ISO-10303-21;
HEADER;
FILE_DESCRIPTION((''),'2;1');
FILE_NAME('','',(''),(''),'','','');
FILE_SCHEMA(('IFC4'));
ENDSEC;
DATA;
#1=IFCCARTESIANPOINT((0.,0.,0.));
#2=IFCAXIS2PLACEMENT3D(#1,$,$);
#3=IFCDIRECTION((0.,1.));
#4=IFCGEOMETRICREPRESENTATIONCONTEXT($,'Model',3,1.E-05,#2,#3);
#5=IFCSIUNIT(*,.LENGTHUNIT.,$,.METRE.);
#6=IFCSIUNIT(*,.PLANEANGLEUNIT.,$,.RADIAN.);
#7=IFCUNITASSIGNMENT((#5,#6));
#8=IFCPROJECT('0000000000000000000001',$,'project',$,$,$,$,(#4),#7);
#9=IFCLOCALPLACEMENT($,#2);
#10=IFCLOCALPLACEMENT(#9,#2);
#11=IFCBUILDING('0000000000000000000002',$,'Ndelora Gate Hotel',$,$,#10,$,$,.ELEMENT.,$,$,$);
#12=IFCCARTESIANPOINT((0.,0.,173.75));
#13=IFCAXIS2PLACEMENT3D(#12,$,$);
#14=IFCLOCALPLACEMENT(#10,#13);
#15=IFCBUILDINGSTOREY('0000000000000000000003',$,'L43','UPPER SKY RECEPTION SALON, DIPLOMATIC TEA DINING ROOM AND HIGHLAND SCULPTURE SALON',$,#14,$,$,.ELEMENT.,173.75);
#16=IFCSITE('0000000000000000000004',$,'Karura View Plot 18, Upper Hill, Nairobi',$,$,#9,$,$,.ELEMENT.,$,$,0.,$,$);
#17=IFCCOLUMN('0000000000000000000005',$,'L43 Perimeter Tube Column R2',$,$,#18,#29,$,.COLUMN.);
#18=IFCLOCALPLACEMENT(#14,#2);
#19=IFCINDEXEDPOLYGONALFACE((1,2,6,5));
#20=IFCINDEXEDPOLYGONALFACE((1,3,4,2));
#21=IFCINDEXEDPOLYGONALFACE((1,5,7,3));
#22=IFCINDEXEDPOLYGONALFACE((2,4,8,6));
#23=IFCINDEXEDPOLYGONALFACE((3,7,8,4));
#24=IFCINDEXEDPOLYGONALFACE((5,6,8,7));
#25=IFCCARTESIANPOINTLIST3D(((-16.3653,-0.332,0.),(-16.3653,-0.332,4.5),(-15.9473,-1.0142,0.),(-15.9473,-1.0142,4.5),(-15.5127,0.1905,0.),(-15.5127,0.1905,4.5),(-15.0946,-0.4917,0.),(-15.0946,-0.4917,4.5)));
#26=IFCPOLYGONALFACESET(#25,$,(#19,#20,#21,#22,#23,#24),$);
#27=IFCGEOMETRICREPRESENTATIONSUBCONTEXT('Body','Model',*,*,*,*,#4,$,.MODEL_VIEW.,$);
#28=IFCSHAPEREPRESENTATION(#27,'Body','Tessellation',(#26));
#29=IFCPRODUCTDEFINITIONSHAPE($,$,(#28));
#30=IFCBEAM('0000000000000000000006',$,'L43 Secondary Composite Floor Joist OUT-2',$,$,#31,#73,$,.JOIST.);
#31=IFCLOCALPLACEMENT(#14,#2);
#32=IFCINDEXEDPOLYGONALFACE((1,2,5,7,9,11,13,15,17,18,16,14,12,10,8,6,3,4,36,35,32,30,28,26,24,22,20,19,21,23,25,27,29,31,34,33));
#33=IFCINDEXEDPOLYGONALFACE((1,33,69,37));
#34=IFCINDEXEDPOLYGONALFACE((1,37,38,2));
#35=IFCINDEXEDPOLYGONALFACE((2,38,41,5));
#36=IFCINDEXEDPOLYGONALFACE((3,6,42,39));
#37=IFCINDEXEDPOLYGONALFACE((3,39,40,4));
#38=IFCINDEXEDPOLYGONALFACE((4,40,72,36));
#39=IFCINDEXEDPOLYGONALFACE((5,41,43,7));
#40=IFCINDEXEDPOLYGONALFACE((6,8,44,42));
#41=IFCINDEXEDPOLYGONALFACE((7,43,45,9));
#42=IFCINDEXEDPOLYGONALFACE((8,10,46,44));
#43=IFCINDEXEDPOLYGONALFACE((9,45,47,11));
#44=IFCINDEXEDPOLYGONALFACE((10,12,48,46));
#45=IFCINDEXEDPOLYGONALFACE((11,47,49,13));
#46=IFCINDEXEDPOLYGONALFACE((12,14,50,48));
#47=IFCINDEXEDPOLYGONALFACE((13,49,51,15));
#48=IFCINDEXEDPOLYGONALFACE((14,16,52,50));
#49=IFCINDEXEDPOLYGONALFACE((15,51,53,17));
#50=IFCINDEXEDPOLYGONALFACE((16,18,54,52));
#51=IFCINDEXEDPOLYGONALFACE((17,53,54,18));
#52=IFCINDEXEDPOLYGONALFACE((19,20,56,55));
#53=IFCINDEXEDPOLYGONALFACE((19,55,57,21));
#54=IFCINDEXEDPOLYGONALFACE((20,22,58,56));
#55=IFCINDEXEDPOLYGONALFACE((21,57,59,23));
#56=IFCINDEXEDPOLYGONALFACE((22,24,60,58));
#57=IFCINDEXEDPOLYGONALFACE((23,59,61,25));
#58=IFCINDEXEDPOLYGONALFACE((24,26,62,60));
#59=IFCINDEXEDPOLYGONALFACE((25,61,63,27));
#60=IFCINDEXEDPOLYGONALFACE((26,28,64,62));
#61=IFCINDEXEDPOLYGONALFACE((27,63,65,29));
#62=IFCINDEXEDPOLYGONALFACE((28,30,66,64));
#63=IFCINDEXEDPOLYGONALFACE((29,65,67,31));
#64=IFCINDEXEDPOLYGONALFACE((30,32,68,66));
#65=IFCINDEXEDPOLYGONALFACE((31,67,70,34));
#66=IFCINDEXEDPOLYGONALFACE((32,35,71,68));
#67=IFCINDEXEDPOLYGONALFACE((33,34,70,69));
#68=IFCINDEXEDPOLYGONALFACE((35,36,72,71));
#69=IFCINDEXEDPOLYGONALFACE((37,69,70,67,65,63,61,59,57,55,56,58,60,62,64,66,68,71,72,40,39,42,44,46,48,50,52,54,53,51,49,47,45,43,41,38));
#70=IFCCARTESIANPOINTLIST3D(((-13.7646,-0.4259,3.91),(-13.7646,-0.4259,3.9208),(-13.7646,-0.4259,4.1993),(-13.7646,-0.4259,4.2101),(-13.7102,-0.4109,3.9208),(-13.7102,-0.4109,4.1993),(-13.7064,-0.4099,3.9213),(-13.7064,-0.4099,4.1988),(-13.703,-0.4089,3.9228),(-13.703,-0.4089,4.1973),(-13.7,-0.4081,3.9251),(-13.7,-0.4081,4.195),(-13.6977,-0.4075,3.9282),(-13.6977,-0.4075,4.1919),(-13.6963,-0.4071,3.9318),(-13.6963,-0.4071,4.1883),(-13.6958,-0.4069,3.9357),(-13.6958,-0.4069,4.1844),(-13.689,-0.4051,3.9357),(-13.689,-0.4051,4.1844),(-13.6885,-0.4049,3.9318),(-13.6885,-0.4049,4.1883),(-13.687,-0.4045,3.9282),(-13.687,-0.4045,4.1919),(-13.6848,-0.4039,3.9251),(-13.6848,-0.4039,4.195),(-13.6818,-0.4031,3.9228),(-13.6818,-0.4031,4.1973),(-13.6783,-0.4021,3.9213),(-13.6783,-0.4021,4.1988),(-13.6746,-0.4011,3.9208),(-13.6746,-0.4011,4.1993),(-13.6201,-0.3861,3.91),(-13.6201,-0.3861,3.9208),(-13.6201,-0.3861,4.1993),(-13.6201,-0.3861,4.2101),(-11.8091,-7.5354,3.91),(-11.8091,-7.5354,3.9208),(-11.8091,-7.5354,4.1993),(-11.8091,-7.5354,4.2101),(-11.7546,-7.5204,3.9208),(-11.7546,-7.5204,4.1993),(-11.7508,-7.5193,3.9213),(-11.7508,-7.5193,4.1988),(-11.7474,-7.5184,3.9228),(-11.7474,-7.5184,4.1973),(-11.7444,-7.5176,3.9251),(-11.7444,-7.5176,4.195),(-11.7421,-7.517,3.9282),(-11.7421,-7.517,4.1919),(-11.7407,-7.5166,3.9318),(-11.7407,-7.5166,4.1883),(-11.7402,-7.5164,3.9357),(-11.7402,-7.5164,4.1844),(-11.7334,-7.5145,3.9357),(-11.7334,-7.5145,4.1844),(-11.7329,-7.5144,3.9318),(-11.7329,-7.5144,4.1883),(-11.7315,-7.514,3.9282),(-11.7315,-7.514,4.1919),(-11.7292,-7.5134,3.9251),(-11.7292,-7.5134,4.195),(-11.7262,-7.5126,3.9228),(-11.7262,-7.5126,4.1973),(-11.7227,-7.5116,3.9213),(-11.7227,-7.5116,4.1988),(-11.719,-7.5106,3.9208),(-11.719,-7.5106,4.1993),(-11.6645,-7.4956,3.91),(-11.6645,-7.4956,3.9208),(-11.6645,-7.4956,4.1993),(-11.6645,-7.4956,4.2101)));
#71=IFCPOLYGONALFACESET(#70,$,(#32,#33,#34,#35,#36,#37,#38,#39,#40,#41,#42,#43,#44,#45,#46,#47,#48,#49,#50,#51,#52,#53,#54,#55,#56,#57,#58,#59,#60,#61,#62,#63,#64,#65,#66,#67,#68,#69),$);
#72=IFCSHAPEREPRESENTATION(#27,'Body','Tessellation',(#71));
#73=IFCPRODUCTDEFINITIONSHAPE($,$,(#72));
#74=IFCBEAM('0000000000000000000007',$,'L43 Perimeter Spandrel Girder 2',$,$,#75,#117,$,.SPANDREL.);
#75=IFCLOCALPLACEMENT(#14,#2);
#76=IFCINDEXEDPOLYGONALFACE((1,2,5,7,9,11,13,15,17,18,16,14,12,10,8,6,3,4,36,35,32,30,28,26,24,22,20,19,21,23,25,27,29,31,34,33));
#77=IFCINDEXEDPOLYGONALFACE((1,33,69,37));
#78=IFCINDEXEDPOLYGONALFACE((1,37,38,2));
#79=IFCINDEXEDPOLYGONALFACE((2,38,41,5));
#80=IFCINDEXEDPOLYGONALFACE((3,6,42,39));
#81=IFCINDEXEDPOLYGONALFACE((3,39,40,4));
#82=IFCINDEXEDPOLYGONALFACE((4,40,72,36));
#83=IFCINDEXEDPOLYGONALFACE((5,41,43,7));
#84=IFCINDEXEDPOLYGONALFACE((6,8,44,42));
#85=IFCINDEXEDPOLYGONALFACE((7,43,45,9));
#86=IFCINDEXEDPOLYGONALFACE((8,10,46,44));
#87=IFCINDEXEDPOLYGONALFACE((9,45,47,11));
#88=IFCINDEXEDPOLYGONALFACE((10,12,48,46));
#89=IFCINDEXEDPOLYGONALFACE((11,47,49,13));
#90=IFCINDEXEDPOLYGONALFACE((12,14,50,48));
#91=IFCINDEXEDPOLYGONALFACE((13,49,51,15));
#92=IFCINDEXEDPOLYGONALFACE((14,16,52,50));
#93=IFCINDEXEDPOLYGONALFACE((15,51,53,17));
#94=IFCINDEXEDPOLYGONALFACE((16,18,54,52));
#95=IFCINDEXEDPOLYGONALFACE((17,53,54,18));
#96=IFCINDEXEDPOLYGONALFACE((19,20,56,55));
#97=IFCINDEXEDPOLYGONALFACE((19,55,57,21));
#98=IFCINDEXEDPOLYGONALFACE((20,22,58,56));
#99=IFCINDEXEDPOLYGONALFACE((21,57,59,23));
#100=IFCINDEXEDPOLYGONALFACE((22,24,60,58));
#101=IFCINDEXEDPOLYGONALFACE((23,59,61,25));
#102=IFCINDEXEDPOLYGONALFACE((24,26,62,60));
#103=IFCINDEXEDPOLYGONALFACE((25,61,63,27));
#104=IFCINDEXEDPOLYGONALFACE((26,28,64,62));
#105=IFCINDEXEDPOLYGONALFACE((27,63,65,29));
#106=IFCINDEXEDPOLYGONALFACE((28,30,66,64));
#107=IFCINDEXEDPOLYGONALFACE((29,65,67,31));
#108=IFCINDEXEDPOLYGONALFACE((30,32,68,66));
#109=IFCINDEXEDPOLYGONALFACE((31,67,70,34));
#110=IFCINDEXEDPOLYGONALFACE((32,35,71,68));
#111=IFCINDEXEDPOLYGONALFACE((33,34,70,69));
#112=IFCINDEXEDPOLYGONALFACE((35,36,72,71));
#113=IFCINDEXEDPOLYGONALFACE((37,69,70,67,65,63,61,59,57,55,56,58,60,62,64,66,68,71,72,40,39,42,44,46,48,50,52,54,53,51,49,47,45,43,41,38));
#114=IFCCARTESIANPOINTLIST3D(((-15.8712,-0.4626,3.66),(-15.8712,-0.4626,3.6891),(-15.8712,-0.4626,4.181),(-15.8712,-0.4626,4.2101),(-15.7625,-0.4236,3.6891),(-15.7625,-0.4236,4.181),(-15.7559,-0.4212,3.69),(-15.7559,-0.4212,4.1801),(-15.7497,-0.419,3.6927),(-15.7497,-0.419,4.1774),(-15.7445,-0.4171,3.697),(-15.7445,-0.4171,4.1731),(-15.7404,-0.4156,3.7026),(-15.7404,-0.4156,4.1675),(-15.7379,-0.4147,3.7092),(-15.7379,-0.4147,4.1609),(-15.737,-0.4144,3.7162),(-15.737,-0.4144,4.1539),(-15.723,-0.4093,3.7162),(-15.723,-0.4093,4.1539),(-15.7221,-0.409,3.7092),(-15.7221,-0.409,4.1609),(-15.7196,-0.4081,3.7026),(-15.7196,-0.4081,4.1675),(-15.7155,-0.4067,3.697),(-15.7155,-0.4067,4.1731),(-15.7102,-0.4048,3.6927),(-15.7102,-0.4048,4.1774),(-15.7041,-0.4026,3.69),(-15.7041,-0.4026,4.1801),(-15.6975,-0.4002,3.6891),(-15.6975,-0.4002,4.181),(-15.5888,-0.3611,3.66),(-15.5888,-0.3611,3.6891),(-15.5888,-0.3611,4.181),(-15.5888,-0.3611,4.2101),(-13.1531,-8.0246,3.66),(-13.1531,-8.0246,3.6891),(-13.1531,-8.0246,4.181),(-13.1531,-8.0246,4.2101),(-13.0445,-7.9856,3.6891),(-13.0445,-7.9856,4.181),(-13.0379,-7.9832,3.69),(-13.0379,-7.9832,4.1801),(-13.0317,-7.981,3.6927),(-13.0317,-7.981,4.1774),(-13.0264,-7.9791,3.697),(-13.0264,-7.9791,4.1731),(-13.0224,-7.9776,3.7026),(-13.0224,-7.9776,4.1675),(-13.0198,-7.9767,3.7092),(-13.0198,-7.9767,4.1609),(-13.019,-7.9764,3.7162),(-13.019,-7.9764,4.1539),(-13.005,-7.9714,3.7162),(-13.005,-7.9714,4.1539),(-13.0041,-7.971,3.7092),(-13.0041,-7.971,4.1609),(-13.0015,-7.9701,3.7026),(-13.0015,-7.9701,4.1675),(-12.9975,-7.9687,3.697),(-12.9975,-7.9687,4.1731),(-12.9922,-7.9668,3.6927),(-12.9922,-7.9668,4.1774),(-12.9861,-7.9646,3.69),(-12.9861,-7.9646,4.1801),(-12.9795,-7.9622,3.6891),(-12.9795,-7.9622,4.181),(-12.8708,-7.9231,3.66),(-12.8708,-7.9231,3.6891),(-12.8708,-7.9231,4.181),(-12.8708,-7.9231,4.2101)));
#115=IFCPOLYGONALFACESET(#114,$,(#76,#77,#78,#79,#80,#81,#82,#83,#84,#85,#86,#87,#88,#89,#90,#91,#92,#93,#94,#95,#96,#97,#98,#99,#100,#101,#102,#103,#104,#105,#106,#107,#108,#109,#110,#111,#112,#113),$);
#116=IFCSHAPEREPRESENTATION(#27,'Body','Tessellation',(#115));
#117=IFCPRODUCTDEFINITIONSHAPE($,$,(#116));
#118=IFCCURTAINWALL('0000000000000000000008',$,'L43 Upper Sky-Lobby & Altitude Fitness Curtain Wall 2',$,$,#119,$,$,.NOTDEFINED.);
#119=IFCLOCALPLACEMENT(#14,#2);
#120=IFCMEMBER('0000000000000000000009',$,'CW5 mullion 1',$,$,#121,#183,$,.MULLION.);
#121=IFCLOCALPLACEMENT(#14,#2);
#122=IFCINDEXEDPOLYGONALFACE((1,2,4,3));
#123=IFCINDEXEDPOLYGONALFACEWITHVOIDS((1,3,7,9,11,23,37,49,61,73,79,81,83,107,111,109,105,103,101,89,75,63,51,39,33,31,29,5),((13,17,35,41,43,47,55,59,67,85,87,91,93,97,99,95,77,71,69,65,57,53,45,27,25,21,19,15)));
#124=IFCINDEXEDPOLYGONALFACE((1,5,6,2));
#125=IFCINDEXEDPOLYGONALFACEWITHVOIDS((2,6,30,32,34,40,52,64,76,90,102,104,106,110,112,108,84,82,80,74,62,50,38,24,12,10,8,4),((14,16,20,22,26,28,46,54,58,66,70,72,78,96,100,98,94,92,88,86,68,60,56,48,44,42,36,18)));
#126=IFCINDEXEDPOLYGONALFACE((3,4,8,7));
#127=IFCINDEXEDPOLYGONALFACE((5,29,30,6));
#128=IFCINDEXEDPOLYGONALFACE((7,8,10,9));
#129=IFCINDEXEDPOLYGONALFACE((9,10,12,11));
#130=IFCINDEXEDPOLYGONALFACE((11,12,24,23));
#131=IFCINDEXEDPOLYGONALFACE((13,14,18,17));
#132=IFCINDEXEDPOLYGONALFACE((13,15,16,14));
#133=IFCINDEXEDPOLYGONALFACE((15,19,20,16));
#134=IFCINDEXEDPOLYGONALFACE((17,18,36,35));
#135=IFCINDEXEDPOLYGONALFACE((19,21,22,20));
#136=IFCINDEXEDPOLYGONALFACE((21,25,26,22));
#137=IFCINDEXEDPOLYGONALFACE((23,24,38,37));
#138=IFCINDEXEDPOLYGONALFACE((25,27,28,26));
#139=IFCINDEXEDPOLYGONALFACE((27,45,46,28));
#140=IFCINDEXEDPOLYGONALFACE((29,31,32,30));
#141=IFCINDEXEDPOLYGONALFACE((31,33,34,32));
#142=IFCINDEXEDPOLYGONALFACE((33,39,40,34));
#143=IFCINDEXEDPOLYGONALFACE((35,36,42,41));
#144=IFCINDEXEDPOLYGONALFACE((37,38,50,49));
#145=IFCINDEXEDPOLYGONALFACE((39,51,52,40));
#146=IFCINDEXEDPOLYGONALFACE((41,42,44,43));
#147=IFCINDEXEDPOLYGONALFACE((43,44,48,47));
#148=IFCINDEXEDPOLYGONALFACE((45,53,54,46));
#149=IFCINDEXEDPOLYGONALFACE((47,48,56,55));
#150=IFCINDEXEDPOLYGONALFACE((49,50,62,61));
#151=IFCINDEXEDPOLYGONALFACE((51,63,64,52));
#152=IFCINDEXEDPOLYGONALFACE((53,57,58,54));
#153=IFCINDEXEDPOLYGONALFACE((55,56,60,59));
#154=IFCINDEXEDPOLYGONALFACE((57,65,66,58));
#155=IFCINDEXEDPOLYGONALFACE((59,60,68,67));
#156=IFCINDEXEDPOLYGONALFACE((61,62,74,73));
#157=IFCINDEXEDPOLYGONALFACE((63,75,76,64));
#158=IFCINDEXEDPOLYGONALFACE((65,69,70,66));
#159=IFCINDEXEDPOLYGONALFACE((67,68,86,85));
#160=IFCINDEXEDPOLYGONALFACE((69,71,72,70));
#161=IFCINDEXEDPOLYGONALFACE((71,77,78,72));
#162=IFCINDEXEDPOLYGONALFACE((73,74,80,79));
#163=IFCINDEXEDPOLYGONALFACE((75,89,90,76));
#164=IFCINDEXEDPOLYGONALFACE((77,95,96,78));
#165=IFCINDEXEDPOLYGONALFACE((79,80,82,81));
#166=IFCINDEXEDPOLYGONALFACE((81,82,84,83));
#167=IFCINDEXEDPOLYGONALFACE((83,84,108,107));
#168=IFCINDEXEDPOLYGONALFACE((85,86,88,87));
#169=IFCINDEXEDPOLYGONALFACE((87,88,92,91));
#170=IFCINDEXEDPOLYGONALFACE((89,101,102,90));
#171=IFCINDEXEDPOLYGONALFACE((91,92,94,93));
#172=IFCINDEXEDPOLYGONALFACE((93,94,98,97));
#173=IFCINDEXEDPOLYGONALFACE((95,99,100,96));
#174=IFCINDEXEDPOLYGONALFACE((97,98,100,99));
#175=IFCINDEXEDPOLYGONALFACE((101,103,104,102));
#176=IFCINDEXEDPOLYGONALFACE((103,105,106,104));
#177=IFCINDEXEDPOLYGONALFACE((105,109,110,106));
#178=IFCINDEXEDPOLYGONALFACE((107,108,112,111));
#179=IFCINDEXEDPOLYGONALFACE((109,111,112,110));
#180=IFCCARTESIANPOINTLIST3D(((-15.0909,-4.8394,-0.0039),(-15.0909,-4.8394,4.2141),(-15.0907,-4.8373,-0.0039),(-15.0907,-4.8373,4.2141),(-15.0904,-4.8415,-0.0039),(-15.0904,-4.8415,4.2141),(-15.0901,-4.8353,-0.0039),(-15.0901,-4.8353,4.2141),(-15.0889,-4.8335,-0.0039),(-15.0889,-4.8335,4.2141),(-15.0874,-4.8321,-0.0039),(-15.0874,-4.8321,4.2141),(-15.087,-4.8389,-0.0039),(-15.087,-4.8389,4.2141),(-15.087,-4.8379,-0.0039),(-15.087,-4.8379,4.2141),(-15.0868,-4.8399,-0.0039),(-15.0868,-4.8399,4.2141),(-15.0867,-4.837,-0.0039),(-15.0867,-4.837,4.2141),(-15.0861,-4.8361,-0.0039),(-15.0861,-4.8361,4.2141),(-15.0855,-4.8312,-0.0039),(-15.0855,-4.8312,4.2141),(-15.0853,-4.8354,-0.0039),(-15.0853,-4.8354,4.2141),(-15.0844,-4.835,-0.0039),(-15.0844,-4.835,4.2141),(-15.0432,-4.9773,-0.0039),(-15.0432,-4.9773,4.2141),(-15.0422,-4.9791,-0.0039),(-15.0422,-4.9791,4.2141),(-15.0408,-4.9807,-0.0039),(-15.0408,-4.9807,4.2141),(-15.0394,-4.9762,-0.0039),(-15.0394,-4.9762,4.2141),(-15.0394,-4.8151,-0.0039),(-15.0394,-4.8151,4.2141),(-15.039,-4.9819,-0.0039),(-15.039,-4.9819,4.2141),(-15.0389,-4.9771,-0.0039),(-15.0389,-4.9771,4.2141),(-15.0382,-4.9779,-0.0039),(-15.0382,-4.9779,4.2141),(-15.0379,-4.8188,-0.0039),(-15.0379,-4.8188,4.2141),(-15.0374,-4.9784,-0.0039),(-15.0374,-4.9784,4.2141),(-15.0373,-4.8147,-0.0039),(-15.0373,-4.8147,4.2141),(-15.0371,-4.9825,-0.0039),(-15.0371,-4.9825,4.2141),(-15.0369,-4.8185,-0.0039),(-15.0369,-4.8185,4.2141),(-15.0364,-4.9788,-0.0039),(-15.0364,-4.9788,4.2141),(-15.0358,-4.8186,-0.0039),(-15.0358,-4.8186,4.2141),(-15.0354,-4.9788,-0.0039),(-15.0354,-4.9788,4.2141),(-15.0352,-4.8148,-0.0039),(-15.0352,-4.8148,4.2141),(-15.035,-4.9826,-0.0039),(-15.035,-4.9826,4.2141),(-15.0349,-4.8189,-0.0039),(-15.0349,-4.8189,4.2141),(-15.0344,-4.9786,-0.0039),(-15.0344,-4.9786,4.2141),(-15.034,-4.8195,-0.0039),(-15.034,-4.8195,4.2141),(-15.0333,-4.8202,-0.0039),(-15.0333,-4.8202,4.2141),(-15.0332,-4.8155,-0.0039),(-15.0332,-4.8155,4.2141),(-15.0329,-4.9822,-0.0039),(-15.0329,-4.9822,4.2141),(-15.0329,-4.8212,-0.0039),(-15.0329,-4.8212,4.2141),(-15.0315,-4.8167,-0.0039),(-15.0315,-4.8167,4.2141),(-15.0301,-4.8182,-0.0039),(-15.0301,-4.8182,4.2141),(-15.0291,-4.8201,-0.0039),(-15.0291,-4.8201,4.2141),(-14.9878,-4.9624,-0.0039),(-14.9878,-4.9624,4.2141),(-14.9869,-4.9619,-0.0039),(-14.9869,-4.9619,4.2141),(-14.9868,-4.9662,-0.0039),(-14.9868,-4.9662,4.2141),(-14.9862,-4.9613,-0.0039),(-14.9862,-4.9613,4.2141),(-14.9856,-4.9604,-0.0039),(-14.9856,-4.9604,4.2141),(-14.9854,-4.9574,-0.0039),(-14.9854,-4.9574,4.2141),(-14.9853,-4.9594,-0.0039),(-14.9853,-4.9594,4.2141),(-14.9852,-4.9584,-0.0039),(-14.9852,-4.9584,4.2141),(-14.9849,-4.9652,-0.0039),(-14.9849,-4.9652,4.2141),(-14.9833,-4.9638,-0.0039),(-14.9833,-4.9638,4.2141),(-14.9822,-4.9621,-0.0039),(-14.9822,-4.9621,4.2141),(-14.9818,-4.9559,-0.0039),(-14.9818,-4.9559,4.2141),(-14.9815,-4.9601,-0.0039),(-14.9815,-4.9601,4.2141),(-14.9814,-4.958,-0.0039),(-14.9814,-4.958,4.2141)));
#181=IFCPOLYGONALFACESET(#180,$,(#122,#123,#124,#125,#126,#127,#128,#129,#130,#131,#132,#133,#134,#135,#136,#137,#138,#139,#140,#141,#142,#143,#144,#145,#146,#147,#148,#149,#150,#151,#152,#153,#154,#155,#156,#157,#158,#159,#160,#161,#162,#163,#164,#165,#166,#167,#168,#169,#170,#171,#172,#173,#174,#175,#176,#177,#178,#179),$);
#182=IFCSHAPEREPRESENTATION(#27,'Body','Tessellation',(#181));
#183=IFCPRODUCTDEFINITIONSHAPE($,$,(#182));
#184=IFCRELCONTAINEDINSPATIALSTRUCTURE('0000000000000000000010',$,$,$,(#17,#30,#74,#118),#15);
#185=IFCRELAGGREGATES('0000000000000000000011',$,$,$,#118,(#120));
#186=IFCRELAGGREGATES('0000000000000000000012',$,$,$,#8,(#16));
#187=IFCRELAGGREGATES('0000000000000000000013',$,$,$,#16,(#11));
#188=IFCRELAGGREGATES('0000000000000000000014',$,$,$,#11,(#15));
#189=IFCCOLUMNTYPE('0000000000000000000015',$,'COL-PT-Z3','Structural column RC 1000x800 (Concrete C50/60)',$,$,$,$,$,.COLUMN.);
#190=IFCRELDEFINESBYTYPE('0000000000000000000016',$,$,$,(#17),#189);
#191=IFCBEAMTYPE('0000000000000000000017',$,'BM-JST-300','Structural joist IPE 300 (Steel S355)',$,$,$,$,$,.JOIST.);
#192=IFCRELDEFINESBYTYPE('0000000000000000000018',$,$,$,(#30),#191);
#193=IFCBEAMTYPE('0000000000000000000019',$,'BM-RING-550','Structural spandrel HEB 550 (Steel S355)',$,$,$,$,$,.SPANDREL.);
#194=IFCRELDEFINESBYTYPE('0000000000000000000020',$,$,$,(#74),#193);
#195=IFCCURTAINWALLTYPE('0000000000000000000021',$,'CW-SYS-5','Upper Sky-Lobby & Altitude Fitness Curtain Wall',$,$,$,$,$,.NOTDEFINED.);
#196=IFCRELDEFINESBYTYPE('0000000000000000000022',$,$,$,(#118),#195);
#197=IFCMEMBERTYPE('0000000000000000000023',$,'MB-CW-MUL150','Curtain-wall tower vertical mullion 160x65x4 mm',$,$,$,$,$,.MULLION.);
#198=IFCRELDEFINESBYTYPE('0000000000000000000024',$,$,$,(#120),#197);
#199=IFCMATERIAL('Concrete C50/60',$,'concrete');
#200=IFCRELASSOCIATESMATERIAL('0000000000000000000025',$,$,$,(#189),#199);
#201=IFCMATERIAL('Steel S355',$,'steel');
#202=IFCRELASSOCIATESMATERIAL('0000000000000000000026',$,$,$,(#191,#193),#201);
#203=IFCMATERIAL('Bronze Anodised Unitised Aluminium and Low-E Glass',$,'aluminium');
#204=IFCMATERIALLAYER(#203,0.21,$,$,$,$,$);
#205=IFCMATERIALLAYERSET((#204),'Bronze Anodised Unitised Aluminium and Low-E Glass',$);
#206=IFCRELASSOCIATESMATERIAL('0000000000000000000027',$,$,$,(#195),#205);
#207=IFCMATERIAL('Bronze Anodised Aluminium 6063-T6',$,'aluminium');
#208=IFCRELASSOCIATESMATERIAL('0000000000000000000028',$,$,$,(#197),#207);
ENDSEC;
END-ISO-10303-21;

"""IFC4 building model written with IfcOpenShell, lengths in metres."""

from ifc_helpers import new_model, si_unit, direction, frame, origin, origin_2d, place, context, subcontext, project, spatial, rectangle, hollow_rectangle, i_section, extrude, material, layer, layer_set, material_profile, profile_set, type_object, element, aggregate, save


model = new_model("IFC4")

# Units and contexts
model_context = context("Model", 3, precision=1e-05, world=origin(), true_north=direction((0.0, 1.0)))
body_context = subcontext(model_context, "Body", "Model", "MODEL_VIEW")
ifc_project = project(units=[si_unit("LENGTHUNIT", "METRE"), si_unit("PLANEANGLEUNIT", "RADIAN")], contexts=[model_context])

# Site, building, storey
site_placement = place(None, origin())
site = spatial("IfcSite", under=ifc_project, at=site_placement, Name="Karura View Plot 18, Upper Hill, Nairobi", CompositionType="ELEMENT", RefElevation=0.0)
building_placement = place(site_placement, origin())
building = spatial("IfcBuilding", under=site, at=building_placement, Name="Ndelora Gate Hotel", CompositionType="ELEMENT")
storey_placement = place(building_placement, frame((0.0, 0.0, 173.75)))
storey = spatial("IfcBuildingStorey", under=building, at=storey_placement, Name="L43", Description="UPPER SKY RECEPTION SALON, DIPLOMATIC TEA DINING ROOM AND HIGHLAND SCULPTURE SALON", CompositionType="ELEMENT", Elevation=173.75)

# Column
ifc_material_1 = material(Name="Concrete C50/60", Category="concrete")
ifc_material_profile_1 = material_profile(ifc_material_1, rectangle(XDim=0.8, YDim=1.0, at=origin_2d()), Name="RC 1000x800")
ifc_profile_set_1 = profile_set([ifc_material_profile_1], Name="Concrete C50/60")
column_type = type_object("IfcColumnType", Name="COL-PT-Z3", Description="Structural column RC 1000x800 (Concrete C50/60)", PredefinedType="COLUMN", material=ifc_profile_set_1)
column_placement = place(storey_placement, frame((-15.73, -0.4119, 0.0), z_axis=(0.0, 0.0, 1.0), x_axis=(-0.522499, 0.85264, 0.0)))
element("IfcColumn", 1, at=column_placement, inside=storey, type_object=column_type, Name="L43 Perimeter Tube Column R2", PredefinedType="COLUMN", context=body_context, shape_type="SweptSolid", body=[
    extrude(rectangle(XDim=0.8, YDim=1.0, at=origin_2d()), origin(), (0.0, 0.0, 1.0), 4.5),
])

# Beams
ifc_material_2 = material(Name="Steel S355", Category="steel")
ifc_material_profile_2 = material_profile(ifc_material_2, i_section(OverallWidth=0.1499, OverallDepth=0.3, WebThickness=0.0071, FlangeThickness=0.0107, FilletRadius=0.0149, at=origin_2d()), Name="IPE 300")
ifc_profile_set_2 = profile_set([ifc_material_profile_2], Name="Steel S355")
beam_type_1 = type_object("IfcBeamType", Name="BM-JST-300", Description="Structural joist IPE 300 (Steel S355)", PredefinedType="JOIST", material=ifc_profile_set_2)
beam_1_placement = place(storey_placement, frame((-13.6924, -0.406, 4.0601), z_axis=(0.265218, -0.964188, 0.0), x_axis=(0.964188, 0.265218, 0.0)))
element("IfcBeam", 2, at=beam_1_placement, inside=storey, type_object=beam_type_1, Name="L43 Secondary Composite Floor Joist OUT-2", PredefinedType="JOIST", context=body_context, shape_type="SweptSolid", body=[
    extrude(i_section(OverallWidth=0.1499, OverallDepth=0.3, WebThickness=0.0071, FlangeThickness=0.0107, FilletRadius=0.0149, at=origin_2d()), origin(), (0.0, 0.0, 1.0), 7.3735),
])
ifc_material_profile_3 = material_profile(ifc_material_2, i_section(OverallWidth=0.3, OverallDepth=0.55, WebThickness=0.0149, FlangeThickness=0.0291, FilletRadius=0.0271, at=origin_2d()), Name="HEB 550")
ifc_profile_set_3 = profile_set([ifc_material_profile_3], Name="Steel S355")
beam_type_2 = type_object("IfcBeamType", Name="BM-RING-550", Description="Structural spandrel HEB 550 (Steel S355)", PredefinedType="SPANDREL", material=ifc_profile_set_3)
beam_2_placement = place(storey_placement, frame((-15.73, -0.4119, 3.9351), z_axis=(0.338245, -0.941058, 0.0), x_axis=(0.941058, 0.338245, 0.0)))
element("IfcBeam", 3, at=beam_2_placement, inside=storey, type_object=beam_type_2, Name="L43 Perimeter Spandrel Girder 2", PredefinedType="SPANDREL", context=body_context, shape_type="SweptSolid", body=[
    extrude(i_section(OverallWidth=0.3, OverallDepth=0.55, WebThickness=0.0149, FlangeThickness=0.0291, FilletRadius=0.0271, at=origin_2d()), origin(), (0.0, 0.0, 1.0), 8.0356),
])

# Curtain wall, member
ifc_material_3 = material(Name="Bronze Anodised Unitised Aluminium and Low-E Glass", Category="aluminium")
ifc_layer_1 = layer(ifc_material_3, 0.21)
ifc_layer_set_1 = layer_set([ifc_layer_1], Name="Bronze Anodised Unitised Aluminium and Low-E Glass")
curtain_wall_type = type_object("IfcCurtainWallType", Name="CW-SYS-5", Description="Upper Sky-Lobby & Altitude Fitness Curtain Wall", PredefinedType="NOTDEFINED", material=ifc_layer_set_1)
curtain_wall_placement = place(storey_placement, origin())
curtain_wall = element("IfcCurtainWall", 4, at=curtain_wall_placement, inside=storey, type_object=curtain_wall_type, Name="L43 Upper Sky-Lobby & Altitude Fitness Curtain Wall 2", PredefinedType="NOTDEFINED")
ifc_material_4 = material(Name="Bronze Anodised Aluminium 6063-T6", Category="aluminium")
ifc_material_profile_4 = material_profile(ifc_material_4, hollow_rectangle(XDim=0.0649, YDim=0.1599, WallThickness=0.0039, InnerFilletRadius=0.0039, OuterFilletRadius=0.0081, at=origin_2d()), Name="ALU 160x65x4")
ifc_profile_set_4 = profile_set([ifc_material_profile_4], Name="Bronze Anodised Aluminium 6063-T6")
member_type_1 = type_object("IfcMemberType", Name="MB-CW-MUL150", Description="Curtain-wall tower vertical mullion 160x65x4 mm", PredefinedType="MULLION", material=ifc_profile_set_4)
member_1_placement = place(storey_placement, frame((-15.0361, -4.8987, -0.0039), z_axis=(0.0, 0.0, 1.0), x_axis=(0.94437, 0.328886, 0.0)))
member_1 = element("IfcMember", 5, at=member_1_placement, type_object=member_type_1, Name="CW5 mullion 1", PredefinedType="MULLION", context=body_context, shape_type="SweptSolid", body=[
    extrude(hollow_rectangle(XDim=0.0649, YDim=0.1599, WallThickness=0.0039, InnerFilletRadius=0.0039, OuterFilletRadius=0.0081, at=origin_2d()), origin(), (0.0, 0.0, 1.0), 4.218),
])
aggregate(curtain_wall, [member_1])

save(model, "model.ifc")
